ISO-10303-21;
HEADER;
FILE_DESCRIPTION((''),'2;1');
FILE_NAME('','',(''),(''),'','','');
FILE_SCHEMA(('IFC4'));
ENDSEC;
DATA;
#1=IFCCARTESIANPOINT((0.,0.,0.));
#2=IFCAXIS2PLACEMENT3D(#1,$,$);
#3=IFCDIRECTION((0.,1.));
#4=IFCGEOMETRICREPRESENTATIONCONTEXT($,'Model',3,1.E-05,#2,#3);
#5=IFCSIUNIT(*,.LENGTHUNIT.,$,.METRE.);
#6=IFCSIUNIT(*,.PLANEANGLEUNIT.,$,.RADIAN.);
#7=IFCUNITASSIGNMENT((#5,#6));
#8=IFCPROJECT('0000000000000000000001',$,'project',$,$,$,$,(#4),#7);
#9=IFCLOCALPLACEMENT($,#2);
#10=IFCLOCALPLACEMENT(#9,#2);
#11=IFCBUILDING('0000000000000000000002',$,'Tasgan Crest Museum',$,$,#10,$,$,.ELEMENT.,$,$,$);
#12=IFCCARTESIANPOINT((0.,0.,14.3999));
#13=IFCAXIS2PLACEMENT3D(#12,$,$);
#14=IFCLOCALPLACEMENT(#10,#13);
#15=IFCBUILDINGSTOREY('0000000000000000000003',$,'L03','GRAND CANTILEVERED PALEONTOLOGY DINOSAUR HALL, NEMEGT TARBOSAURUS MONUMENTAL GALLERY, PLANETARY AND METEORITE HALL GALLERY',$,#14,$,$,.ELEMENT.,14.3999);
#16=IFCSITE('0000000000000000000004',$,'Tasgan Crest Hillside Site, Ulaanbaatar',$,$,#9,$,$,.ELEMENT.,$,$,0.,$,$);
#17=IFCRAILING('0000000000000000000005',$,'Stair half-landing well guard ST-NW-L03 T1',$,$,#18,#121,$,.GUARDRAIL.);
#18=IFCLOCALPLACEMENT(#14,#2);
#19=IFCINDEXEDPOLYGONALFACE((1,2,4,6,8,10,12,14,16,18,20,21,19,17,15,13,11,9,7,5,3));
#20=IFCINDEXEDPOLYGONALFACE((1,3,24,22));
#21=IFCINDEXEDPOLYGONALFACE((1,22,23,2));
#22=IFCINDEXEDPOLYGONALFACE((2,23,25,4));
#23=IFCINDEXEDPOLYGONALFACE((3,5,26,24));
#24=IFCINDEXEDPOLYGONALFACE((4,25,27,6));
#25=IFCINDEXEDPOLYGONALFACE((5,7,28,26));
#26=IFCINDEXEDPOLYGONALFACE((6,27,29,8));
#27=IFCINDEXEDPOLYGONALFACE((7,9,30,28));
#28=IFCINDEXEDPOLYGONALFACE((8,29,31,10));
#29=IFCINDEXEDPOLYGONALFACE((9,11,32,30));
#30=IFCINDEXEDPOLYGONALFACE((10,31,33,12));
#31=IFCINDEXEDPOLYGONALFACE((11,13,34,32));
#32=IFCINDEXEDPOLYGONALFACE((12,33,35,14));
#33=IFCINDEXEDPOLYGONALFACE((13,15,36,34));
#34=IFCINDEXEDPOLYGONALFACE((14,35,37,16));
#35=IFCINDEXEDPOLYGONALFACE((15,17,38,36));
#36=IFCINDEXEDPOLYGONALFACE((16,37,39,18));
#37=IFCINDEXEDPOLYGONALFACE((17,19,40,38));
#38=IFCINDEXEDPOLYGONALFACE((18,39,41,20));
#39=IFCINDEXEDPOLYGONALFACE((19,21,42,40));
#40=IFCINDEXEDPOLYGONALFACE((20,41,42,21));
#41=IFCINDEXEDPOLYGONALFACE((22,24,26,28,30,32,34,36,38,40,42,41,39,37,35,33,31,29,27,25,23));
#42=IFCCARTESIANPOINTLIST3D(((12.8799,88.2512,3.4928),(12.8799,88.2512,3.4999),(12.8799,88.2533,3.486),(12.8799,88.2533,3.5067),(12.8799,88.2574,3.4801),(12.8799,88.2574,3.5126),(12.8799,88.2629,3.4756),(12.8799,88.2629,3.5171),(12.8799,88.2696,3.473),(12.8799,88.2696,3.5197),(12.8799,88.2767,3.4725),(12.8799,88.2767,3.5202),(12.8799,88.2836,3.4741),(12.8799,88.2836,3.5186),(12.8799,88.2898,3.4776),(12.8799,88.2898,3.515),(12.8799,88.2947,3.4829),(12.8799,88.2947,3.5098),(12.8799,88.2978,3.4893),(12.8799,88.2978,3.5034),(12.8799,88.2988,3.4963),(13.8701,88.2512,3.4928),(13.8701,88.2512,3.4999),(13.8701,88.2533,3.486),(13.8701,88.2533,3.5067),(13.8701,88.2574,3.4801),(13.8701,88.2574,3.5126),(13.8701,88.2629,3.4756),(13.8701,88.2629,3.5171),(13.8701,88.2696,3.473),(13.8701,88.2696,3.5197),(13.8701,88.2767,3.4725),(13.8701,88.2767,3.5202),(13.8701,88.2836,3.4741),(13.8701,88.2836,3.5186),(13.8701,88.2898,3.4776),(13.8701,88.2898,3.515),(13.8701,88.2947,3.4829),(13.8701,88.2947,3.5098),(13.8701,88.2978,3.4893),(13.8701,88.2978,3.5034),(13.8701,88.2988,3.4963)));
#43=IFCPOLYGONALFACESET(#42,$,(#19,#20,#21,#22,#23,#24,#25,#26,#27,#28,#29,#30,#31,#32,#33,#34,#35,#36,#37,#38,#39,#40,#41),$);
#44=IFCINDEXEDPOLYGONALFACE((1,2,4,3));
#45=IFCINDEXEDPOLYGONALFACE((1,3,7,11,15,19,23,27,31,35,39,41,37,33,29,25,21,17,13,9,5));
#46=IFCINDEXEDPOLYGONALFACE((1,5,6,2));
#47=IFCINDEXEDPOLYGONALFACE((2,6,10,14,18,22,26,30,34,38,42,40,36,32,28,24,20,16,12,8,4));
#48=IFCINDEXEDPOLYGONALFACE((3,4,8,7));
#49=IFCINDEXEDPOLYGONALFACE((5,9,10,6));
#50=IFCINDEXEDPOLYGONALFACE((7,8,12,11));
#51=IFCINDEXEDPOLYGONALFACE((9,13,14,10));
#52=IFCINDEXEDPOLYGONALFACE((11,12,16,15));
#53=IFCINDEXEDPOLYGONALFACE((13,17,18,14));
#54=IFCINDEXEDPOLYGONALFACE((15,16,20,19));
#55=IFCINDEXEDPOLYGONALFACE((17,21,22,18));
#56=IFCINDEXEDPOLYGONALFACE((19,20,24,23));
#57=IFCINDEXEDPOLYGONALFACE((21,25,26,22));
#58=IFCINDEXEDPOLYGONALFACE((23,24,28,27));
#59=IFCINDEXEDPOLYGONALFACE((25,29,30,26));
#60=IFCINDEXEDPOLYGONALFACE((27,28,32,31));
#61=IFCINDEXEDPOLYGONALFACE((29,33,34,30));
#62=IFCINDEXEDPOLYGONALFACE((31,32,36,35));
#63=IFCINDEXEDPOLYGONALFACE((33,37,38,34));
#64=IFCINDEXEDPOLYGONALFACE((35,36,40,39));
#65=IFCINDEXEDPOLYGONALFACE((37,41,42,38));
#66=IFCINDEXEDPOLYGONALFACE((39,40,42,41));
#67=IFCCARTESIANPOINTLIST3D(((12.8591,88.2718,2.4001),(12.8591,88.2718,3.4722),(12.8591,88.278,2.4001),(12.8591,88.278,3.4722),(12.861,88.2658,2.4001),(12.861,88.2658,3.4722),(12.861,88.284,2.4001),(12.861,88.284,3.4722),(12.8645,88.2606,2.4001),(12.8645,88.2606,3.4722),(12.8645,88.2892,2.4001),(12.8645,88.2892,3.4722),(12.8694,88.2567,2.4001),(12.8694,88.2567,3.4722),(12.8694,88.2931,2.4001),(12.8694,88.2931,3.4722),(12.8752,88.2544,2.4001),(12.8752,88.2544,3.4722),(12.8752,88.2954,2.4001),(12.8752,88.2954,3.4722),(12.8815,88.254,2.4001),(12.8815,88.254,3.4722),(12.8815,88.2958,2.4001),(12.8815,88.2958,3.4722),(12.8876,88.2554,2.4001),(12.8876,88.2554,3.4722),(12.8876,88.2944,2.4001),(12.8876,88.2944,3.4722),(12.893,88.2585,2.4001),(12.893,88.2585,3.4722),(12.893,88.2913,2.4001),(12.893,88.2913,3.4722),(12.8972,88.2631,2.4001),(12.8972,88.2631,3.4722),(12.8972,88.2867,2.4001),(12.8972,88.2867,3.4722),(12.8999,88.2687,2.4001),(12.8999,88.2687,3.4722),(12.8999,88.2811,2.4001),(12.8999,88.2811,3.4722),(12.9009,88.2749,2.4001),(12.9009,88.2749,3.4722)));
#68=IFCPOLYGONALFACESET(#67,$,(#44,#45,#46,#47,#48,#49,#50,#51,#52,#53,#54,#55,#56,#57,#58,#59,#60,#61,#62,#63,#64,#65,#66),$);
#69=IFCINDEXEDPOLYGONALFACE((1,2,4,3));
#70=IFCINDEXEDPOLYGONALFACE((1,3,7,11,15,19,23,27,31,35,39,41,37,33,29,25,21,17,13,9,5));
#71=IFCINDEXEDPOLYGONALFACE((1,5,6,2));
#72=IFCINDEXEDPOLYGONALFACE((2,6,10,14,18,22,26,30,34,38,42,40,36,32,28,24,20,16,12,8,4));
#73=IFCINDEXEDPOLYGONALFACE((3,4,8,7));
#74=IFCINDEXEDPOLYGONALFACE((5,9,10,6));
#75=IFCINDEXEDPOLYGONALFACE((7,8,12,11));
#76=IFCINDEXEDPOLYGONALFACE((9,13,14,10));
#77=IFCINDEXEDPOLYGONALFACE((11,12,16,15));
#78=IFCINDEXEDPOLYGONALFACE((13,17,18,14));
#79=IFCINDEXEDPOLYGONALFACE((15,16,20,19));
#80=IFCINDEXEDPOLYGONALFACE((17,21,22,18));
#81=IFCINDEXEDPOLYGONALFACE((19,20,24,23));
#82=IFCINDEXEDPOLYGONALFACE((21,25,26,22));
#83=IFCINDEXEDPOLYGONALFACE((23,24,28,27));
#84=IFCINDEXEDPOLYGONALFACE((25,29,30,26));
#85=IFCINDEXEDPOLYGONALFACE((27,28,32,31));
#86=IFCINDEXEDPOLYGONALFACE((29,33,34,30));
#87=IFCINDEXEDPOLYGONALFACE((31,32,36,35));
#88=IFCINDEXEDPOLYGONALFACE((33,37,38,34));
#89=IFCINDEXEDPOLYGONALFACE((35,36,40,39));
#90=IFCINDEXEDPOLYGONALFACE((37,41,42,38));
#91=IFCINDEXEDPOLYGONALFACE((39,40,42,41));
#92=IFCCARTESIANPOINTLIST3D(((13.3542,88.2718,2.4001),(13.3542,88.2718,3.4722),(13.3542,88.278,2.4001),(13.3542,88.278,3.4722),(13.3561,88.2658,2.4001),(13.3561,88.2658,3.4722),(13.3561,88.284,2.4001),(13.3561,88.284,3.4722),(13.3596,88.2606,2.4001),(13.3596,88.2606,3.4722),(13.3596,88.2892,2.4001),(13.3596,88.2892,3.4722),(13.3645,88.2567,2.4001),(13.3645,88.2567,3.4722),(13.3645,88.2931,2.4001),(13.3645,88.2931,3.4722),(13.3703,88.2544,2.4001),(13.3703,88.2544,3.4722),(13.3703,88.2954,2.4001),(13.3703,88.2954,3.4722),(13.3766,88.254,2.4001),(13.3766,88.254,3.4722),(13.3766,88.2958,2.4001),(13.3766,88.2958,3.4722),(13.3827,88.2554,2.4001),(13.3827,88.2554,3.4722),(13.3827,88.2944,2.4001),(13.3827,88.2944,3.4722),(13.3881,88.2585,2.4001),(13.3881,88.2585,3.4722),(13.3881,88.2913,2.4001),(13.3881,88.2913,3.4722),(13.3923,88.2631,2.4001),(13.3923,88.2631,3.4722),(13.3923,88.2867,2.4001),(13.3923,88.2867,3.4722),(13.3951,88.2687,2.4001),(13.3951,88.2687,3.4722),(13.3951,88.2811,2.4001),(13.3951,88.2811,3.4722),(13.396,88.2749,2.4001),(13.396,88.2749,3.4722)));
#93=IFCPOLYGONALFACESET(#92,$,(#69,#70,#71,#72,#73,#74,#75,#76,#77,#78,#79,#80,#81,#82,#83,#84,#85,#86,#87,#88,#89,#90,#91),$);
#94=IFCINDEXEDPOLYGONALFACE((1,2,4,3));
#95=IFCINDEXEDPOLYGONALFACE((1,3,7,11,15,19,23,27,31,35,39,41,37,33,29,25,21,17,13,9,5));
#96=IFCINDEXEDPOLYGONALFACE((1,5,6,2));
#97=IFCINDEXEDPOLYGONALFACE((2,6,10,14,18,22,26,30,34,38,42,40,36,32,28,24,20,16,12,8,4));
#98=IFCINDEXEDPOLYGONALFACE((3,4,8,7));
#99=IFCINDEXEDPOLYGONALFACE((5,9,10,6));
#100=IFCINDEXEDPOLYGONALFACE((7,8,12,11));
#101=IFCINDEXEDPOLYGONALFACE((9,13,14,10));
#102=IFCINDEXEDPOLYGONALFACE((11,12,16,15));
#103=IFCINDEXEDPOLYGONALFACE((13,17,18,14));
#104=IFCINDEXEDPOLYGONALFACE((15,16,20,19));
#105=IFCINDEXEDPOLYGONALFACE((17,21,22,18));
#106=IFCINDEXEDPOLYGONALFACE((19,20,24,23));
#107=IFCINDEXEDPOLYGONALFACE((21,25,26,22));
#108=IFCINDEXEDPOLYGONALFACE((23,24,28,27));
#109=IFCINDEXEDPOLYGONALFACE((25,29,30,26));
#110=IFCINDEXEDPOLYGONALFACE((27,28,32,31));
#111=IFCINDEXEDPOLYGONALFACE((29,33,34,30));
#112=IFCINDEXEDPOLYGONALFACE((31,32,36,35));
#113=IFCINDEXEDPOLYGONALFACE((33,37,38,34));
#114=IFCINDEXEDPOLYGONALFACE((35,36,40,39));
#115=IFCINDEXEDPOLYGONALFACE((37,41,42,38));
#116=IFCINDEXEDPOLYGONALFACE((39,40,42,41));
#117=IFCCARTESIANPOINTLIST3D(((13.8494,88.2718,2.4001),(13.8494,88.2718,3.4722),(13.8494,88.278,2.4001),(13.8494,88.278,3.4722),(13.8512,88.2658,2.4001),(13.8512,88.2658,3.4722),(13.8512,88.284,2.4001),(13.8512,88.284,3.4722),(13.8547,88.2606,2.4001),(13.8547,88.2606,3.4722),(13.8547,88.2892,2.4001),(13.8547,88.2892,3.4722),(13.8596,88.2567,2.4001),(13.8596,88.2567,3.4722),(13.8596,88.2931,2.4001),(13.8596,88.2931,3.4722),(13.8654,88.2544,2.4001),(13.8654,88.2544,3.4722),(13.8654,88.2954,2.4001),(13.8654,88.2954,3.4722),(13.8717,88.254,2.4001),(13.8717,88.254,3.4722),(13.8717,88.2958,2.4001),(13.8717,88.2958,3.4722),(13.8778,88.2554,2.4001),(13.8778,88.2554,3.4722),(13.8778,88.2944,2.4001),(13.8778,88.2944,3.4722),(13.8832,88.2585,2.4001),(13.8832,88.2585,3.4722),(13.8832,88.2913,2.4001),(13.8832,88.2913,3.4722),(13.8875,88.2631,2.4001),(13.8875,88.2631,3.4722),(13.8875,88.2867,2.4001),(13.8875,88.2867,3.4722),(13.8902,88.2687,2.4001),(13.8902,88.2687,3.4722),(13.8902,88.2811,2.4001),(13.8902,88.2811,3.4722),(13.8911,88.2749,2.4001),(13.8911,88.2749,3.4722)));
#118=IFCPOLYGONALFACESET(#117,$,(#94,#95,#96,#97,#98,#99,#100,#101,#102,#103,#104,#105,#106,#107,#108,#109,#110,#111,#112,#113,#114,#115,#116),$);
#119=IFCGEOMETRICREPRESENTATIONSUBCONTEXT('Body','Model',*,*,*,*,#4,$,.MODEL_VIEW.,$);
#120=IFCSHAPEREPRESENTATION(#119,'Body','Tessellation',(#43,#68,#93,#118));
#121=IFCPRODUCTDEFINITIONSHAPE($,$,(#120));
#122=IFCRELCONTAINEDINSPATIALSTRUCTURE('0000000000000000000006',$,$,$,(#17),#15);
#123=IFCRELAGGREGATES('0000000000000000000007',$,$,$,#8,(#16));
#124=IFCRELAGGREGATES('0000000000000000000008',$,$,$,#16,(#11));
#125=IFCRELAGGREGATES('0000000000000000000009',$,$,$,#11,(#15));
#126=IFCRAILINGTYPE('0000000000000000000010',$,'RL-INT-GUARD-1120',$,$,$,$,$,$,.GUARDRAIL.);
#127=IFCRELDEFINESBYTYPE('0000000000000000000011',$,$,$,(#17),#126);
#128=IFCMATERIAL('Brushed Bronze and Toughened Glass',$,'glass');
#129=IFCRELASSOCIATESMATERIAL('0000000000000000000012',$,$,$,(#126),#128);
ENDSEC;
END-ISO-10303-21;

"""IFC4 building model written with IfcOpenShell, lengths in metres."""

from ifc_helpers import new_model, si_unit, direction, frame, origin, origin_2d, place, context, subcontext, project, spatial, circle, extrude, material, type_object, element, save


model = new_model("IFC4")

# Units and contexts
model_context = context("Model", 3, precision=1e-05, world=origin(), true_north=direction((0.0, 1.0)))
body_context = subcontext(model_context, "Body", "Model", "MODEL_VIEW")
ifc_project = project(units=[si_unit("LENGTHUNIT", "METRE"), si_unit("PLANEANGLEUNIT", "RADIAN")], contexts=[model_context])

# Site, building, storey
site_placement = place(None, origin())
site = spatial("IfcSite", under=ifc_project, at=site_placement, Name="Tasgan Crest Hillside Site, Ulaanbaatar", CompositionType="ELEMENT", RefElevation=0.0)
building_placement = place(site_placement, origin())
building = spatial("IfcBuilding", under=site, at=building_placement, Name="Tasgan Crest Museum", CompositionType="ELEMENT")
storey_placement = place(building_placement, frame((0.0, 0.0, 14.3999)))
storey = spatial("IfcBuildingStorey", under=building, at=storey_placement, Name="L03", Description="GRAND CANTILEVERED PALEONTOLOGY DINOSAUR HALL, NEMEGT TARBOSAURUS MONUMENTAL GALLERY, PLANETARY AND METEORITE HALL GALLERY", CompositionType="ELEMENT", Elevation=14.3999)

# Railing
ifc_material_1 = material(Name="Brushed Bronze and Toughened Glass", Category="glass")
railing_type_1 = type_object("IfcRailingType", Name="RL-INT-GUARD-1120", PredefinedType="GUARDRAIL", material=ifc_material_1)
railing_1_placement = place(storey_placement, frame((12.8799, 88.2749, 2.4001)))
element("IfcRailing", 1, at=railing_1_placement, inside=storey, type_object=railing_type_1, Name="Stair half-landing well guard ST-NW-L03 T1", PredefinedType="GUARDRAIL", context=body_context, shape_type="SweptSolid", body=[
    extrude(circle(Radius=0.0239, at=origin_2d()), frame((0.0, 0.0, 1.0962), z_axis=(1.0, 0.0, 0.0), x_axis=(0.0, 1.0, 0.0)), (0.0, 0.0, 1.0), 0.9902),
    extrude(circle(Radius=0.021, at=origin_2d()), origin(), (0.0, 0.0, 1.0), 1.072),
    extrude(circle(Radius=0.021, at=origin_2d()), frame((0.4951, 0.0, 0.0)), (0.0, 0.0, 1.0), 1.072),
    extrude(circle(Radius=0.021, at=origin_2d()), frame((0.9902, 0.0, 0.0)), (0.0, 0.0, 1.0), 1.072),
])

save(model, "model.ifc")
